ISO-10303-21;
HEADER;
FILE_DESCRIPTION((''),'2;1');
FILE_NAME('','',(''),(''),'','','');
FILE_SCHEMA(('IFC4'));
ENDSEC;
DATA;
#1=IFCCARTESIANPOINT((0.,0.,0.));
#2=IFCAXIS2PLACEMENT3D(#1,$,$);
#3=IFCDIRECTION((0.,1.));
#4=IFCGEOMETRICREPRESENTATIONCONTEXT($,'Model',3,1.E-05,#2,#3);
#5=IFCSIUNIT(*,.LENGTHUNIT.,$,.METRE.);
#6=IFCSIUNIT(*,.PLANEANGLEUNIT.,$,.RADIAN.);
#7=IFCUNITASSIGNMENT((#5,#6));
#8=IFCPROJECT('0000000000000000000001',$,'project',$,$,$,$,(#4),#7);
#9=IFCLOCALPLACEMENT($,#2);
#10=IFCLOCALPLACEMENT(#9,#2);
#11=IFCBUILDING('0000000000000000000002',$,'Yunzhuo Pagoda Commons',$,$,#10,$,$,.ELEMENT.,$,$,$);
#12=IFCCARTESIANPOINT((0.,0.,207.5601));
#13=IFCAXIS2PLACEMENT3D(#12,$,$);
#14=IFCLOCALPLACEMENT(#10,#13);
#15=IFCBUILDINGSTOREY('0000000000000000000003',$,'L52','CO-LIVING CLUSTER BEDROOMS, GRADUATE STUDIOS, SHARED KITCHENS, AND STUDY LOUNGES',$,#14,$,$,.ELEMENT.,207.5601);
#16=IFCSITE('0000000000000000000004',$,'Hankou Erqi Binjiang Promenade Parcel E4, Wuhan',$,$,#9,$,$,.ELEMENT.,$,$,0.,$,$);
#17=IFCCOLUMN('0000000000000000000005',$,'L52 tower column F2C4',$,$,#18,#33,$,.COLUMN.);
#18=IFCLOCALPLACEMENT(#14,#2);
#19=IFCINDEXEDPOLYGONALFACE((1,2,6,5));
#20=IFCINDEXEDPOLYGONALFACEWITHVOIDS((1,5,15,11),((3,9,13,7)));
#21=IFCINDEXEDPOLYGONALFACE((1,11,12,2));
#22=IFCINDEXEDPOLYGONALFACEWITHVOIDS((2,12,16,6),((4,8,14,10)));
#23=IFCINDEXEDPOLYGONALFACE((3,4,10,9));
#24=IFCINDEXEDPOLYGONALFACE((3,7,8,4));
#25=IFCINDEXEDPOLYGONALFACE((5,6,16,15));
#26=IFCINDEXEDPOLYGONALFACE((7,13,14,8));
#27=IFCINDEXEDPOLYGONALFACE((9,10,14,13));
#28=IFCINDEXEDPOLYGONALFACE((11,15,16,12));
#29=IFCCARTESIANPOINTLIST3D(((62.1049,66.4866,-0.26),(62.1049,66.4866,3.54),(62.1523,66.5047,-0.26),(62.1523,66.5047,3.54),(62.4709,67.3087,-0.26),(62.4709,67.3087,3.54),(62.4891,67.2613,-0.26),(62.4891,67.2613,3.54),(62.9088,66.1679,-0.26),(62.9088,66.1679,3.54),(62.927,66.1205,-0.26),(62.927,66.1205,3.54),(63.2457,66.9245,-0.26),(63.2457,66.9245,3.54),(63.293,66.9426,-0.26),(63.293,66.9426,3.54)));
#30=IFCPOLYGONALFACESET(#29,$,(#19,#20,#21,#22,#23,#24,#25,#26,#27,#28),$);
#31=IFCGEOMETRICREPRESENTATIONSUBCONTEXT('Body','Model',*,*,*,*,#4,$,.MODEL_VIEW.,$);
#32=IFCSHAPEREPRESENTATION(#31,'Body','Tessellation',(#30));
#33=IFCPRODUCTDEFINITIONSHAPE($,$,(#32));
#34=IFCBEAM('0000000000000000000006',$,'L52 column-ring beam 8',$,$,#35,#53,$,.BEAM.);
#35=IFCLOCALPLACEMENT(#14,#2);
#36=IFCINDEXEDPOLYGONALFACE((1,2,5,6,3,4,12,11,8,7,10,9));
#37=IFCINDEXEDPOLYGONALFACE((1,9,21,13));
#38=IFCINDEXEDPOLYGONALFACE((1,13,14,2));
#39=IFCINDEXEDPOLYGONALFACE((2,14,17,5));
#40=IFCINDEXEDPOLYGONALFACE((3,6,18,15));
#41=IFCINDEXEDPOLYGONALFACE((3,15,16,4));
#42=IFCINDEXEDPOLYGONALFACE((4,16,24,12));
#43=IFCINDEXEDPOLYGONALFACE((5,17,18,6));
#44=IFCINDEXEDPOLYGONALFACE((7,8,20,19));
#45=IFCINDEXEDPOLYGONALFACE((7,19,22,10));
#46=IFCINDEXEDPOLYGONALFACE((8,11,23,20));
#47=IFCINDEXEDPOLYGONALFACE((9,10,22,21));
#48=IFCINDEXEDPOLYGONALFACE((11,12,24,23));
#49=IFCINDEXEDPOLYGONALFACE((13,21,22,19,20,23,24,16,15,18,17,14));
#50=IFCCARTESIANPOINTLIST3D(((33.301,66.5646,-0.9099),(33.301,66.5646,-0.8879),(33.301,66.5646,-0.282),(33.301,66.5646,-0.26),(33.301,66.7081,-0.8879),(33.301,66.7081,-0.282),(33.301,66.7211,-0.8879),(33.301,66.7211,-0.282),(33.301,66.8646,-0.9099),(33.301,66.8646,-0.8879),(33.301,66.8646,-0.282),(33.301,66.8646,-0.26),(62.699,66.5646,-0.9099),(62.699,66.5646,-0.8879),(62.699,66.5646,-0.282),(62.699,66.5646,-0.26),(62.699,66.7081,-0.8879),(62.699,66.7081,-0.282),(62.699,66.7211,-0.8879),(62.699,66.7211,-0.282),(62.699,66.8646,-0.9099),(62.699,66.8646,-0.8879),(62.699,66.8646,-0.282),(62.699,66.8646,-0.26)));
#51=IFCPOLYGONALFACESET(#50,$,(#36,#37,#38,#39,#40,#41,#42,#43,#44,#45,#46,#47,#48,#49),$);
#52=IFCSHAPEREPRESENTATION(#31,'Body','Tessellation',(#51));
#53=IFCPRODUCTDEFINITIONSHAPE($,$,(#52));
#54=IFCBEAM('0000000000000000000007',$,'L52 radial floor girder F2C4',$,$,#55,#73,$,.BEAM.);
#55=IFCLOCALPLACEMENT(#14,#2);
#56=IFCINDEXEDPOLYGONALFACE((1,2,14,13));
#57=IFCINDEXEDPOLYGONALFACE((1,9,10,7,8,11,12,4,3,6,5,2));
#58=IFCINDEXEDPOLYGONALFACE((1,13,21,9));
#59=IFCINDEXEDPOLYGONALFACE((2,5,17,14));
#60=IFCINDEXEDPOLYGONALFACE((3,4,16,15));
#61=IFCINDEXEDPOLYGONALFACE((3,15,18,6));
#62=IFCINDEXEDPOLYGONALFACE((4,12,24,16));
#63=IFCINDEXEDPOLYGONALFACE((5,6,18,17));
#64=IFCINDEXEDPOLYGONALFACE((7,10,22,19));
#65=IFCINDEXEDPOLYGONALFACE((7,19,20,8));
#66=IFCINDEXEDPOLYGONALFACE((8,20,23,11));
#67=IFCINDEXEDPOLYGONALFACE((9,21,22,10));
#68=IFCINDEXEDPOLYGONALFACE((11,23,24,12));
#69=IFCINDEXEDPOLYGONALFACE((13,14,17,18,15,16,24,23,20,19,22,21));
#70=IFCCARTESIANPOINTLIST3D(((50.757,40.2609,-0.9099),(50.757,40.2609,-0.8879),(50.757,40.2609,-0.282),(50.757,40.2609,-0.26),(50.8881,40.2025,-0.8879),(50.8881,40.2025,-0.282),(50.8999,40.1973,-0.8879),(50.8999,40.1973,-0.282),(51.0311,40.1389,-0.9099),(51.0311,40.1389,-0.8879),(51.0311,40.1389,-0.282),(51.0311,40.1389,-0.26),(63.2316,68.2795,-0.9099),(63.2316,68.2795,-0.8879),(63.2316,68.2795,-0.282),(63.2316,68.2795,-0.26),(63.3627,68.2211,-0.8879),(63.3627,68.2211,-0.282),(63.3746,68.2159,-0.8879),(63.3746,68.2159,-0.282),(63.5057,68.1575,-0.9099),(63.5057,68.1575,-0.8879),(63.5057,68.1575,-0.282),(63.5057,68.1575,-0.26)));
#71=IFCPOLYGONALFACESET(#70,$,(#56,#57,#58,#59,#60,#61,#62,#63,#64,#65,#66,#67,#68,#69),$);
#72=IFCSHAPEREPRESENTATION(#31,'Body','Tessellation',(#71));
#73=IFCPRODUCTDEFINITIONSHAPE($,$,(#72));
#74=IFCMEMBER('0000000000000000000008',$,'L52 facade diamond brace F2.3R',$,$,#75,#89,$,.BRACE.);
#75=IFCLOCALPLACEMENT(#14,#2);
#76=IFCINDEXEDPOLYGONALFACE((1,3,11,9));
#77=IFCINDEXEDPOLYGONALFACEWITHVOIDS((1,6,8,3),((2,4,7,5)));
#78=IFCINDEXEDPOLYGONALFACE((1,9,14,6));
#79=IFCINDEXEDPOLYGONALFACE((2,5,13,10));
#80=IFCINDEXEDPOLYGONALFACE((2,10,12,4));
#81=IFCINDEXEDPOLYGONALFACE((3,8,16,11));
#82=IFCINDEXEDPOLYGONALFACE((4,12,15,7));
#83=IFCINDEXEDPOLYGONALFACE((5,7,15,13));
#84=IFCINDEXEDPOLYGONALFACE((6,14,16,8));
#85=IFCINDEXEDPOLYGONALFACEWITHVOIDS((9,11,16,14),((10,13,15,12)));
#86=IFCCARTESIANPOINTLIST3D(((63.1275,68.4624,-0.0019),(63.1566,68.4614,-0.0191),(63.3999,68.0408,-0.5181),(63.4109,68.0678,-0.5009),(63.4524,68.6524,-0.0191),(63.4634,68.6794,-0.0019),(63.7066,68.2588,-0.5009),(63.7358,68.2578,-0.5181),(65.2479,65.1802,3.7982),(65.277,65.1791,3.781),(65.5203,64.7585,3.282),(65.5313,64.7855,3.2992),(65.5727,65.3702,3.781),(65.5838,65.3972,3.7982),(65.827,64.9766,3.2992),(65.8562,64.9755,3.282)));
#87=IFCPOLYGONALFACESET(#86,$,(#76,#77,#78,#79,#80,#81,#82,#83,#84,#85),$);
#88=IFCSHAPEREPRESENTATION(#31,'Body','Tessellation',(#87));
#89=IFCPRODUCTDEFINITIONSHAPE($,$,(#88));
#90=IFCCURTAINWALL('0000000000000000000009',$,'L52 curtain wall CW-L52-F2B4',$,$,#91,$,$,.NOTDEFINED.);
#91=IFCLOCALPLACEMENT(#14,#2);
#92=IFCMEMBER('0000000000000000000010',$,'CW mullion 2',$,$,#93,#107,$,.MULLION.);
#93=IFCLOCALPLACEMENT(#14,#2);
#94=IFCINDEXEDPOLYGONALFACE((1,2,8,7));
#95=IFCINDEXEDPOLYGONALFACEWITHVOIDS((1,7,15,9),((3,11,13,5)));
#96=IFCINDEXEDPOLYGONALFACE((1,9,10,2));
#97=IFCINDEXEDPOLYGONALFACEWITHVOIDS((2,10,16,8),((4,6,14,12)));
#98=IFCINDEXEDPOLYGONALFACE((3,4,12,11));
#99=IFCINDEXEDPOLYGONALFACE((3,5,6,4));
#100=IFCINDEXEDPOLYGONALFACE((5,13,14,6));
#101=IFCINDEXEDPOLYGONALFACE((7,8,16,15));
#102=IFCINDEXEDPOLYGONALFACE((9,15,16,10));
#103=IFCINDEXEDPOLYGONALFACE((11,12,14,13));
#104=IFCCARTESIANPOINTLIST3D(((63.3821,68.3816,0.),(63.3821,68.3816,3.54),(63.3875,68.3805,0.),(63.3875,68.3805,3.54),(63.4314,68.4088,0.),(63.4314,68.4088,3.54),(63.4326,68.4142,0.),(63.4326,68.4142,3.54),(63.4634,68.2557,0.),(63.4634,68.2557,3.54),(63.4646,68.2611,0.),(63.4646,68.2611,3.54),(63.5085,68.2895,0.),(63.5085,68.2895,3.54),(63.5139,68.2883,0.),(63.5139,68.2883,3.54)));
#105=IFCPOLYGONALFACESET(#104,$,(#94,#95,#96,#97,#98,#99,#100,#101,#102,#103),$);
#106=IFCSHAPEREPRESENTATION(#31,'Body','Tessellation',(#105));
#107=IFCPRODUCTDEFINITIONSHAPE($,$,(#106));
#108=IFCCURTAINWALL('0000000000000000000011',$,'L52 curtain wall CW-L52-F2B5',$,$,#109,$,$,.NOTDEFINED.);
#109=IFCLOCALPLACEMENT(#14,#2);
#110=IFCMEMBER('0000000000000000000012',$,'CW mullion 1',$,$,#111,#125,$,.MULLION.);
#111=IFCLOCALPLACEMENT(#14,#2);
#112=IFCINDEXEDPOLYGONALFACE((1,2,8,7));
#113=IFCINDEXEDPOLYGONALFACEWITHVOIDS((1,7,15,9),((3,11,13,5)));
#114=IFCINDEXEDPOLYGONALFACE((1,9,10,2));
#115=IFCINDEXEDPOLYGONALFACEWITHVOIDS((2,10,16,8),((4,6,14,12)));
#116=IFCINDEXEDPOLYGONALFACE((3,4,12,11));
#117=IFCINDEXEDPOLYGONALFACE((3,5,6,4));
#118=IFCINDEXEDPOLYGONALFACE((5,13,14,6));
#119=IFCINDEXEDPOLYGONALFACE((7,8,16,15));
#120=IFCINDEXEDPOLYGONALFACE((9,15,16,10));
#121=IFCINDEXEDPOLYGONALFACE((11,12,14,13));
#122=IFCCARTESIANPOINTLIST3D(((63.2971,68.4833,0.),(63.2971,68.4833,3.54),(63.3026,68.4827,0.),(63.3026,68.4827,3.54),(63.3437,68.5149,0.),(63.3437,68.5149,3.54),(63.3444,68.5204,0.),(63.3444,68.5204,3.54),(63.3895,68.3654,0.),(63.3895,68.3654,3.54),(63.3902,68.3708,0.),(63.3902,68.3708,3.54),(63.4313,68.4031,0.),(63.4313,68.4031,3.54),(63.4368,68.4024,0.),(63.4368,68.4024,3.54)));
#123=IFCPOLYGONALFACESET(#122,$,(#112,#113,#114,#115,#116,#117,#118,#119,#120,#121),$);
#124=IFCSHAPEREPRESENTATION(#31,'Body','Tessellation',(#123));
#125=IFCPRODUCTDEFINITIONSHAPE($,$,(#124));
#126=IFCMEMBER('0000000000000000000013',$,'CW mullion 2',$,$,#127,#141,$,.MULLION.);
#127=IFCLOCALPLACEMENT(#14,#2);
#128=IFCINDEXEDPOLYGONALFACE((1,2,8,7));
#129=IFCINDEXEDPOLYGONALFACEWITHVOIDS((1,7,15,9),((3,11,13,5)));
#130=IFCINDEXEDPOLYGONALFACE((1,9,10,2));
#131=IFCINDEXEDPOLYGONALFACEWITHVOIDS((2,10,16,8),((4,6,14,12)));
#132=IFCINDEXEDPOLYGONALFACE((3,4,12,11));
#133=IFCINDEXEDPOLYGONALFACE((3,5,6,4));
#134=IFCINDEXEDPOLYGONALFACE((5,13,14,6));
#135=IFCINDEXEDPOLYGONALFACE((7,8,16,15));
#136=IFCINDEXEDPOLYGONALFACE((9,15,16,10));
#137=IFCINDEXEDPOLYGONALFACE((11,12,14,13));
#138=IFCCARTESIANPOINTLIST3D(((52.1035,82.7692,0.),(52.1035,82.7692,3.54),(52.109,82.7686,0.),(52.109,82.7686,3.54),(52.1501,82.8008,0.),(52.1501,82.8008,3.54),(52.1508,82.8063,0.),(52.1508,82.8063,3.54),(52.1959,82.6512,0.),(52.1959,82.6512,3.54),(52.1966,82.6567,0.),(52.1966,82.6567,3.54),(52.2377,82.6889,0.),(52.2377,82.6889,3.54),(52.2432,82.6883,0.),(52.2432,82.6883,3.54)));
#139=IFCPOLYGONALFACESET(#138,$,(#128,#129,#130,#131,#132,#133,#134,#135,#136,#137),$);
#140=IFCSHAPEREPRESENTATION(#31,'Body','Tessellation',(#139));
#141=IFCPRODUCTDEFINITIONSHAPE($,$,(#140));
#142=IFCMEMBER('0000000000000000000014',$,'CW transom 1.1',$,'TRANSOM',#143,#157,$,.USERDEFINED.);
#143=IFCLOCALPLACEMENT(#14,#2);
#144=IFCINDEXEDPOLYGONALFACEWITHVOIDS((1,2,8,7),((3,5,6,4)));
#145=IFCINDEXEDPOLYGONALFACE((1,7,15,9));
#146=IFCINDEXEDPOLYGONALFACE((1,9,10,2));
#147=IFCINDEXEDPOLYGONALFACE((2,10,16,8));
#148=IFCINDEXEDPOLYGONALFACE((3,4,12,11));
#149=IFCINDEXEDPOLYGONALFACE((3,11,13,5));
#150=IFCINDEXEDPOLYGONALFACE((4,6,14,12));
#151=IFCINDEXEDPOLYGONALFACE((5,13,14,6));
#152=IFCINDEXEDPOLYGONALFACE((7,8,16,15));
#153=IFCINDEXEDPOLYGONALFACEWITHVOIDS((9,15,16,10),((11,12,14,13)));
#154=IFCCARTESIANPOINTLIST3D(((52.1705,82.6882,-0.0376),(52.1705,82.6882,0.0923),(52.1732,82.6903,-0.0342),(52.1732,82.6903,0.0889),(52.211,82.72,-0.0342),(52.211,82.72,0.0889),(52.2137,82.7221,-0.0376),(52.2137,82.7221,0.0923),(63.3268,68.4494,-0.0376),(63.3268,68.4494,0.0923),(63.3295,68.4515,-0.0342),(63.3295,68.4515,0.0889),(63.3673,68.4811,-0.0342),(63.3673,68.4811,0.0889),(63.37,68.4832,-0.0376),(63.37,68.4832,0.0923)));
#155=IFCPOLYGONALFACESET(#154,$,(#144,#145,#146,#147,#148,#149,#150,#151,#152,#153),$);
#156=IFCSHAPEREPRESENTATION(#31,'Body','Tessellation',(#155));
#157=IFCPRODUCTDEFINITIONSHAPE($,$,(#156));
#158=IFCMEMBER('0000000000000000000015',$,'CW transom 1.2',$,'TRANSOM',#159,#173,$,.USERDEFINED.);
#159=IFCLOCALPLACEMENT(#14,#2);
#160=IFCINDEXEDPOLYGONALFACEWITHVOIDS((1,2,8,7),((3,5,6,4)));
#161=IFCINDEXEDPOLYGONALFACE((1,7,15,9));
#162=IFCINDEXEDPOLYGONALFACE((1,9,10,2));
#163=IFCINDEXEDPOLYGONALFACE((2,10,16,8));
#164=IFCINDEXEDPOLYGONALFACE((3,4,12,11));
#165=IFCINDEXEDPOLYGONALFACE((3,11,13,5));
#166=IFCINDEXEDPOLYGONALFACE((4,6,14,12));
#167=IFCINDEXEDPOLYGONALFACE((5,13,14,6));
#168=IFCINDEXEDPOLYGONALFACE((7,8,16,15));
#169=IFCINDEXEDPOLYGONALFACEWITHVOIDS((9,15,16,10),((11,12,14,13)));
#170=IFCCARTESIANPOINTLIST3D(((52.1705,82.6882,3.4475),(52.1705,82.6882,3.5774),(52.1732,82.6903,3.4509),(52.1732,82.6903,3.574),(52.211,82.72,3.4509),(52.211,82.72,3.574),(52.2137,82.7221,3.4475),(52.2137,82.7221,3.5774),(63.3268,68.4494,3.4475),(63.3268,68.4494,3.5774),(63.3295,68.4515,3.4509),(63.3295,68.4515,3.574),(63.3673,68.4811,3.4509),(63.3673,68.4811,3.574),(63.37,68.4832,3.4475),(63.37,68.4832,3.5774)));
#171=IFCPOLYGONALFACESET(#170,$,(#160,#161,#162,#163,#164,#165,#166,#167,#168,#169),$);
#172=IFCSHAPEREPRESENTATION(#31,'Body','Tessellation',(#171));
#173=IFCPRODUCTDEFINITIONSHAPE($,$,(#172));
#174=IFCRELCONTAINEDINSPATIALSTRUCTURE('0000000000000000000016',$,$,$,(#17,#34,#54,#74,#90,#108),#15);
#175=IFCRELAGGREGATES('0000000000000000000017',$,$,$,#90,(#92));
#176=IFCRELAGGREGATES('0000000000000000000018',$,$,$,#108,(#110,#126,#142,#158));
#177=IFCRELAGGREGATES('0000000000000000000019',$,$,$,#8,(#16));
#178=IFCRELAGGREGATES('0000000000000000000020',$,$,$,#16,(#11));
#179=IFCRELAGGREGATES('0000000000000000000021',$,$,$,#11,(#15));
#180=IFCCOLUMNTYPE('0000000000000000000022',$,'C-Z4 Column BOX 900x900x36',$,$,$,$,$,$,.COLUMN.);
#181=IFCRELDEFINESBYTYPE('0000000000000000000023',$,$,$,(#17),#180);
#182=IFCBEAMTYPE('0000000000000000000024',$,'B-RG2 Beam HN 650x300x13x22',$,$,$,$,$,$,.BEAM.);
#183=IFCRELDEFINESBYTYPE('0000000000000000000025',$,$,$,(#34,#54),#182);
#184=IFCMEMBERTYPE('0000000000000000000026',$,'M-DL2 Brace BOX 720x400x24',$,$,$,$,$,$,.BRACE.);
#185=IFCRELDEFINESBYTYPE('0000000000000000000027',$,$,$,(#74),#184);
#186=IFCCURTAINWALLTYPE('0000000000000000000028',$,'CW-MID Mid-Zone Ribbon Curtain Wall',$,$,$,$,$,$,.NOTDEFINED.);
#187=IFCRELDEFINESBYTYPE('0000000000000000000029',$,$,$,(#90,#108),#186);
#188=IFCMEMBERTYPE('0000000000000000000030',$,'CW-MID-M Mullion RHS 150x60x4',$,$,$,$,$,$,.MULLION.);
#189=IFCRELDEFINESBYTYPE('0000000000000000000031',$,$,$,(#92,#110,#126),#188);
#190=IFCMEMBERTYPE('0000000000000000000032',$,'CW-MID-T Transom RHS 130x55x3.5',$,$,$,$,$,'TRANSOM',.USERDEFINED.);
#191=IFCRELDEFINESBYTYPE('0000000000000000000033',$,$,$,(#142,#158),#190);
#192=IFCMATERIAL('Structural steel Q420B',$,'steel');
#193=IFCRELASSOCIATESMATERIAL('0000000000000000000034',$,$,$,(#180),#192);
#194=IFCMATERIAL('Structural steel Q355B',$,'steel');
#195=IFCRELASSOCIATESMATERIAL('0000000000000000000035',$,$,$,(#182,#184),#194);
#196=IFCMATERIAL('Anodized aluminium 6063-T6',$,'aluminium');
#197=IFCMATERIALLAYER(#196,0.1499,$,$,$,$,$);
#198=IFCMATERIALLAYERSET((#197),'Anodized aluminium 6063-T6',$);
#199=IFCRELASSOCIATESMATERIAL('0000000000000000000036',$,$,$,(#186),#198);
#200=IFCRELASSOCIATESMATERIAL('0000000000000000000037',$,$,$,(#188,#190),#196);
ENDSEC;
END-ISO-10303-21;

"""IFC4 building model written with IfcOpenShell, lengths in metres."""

from ifc_helpers import new_model, si_unit, direction, frame, origin, origin_2d, place, context, subcontext, project, spatial, hollow_rectangle, i_section, extrude, source, transform, mapped, material, layer, layer_set, material_profile, profile_set, type_object, element, aggregate, save


model = new_model("IFC4")

# Units and contexts
model_context = context("Model", 3, precision=1e-05, world=origin(), true_north=direction((0.0, 1.0)))
body_context = subcontext(model_context, "Body", "Model", "MODEL_VIEW")
ifc_project = project(units=[si_unit("LENGTHUNIT", "METRE"), si_unit("PLANEANGLEUNIT", "RADIAN")], contexts=[model_context])

# Site, building, storey
site_placement = place(None, origin())
site = spatial("IfcSite", under=ifc_project, at=site_placement, Name="Hankou Erqi Binjiang Promenade Parcel E4, Wuhan", CompositionType="ELEMENT", RefElevation=0.0)
building_placement = place(site_placement, origin())
building = spatial("IfcBuilding", under=site, at=building_placement, Name="Yunzhuo Pagoda Commons", CompositionType="ELEMENT")
storey_placement = place(building_placement, frame((0.0, 0.0, 207.5601)))
storey = spatial("IfcBuildingStorey", under=building, at=storey_placement, Name="L52", Description="CO-LIVING CLUSTER BEDROOMS, GRADUATE STUDIOS, SHARED KITCHENS, AND STUDY LOUNGES", CompositionType="ELEMENT", Elevation=207.5601)

# Column
ifc_material_1 = material(Name="Structural steel Q420B", Category="steel")
ifc_material_profile_1 = material_profile(ifc_material_1, hollow_rectangle(XDim=0.8999, YDim=0.8999, WallThickness=0.0359, at=origin_2d()), Name="Structural steel Q420B")
ifc_profile_set_1 = profile_set([ifc_material_profile_1], Name="Structural steel Q420B")
column_type = type_object("IfcColumnType", Name="C-Z4 Column BOX 900x900x36", PredefinedType="COLUMN", material=ifc_profile_set_1)
shared_shape_1 = source(origin(), body_context, "Body", "SweptSolid", [
    extrude(hollow_rectangle(XDim=0.8999, YDim=0.8999, WallThickness=0.0359, at=origin_2d()), origin(), (0.0, 0.0, 1.0), 3.8),
])
column_placement = place(storey_placement, frame((62.699, 66.7146, -0.26), z_axis=(0.0, 0.0, 1.0), x_axis=(-0.913545, 0.406737, 0.0)))
element("IfcColumn", 1, at=column_placement, inside=storey, type_object=column_type, Name="L52 tower column F2C4", PredefinedType="COLUMN", context=body_context, shape_type="MappedRepresentation", body=[
    mapped(shared_shape_1, transform((0.0, 0.0, 0.0), scale=1.0)),
])

# Beams
ifc_material_2 = material(Name="Structural steel Q355B", Category="steel")
ifc_material_profile_2 = material_profile(ifc_material_2, i_section(OverallWidth=0.3, OverallDepth=0.6499, WebThickness=0.0129, FlangeThickness=0.022, at=origin_2d()), Name="Structural steel Q355B")
ifc_profile_set_2 = profile_set([ifc_material_profile_2], Name="Structural steel Q355B")
beam_type = type_object("IfcBeamType", Name="B-RG2 Beam HN 650x300x13x22", PredefinedType="BEAM", material=ifc_profile_set_2)
shared_shape_2 = source(origin(), body_context, "Body", "SweptSolid", [
    extrude(i_section(OverallWidth=0.3, OverallDepth=0.6499, WebThickness=0.0129, FlangeThickness=0.022, at=origin_2d()), origin(), (0.0, 0.0, 1.0), 29.3979),
])
beam_1_placement = place(storey_placement, frame((62.699, 66.7146, -0.585), z_axis=(-1.0, 0.0, 0.0), x_axis=(0.0, -1.0, 0.0)))
element("IfcBeam", 2, at=beam_1_placement, inside=storey, type_object=beam_type, Name="L52 column-ring beam 8", PredefinedType="BEAM", context=body_context, shape_type="MappedRepresentation", body=[
    mapped(shared_shape_2, transform((0.0, 0.0, 0.0), scale=1.0)),
])
shared_shape_3 = source(origin(), body_context, "Body", "SweptSolid", [
    extrude(i_section(OverallWidth=0.3, OverallDepth=0.6499, WebThickness=0.0129, FlangeThickness=0.022, at=origin_2d()), origin(), (0.0, 0.0, 1.0), 30.6702),
])
beam_2_placement = place(storey_placement, frame((63.3687, 68.2185, -0.585), z_axis=(-0.406735, -0.913546, 0.0), x_axis=(0.913546, -0.406735, 0.0)))
element("IfcBeam", 3, at=beam_2_placement, inside=storey, type_object=beam_type, Name="L52 radial floor girder F2C4", PredefinedType="BEAM", context=body_context, shape_type="MappedRepresentation", body=[
    mapped(shared_shape_3, transform((0.0, 0.0, 0.0), scale=1.0)),
])

# Member
ifc_material_profile_3 = material_profile(ifc_material_2, hollow_rectangle(XDim=0.3999, YDim=0.72, WallThickness=0.0239, at=origin_2d()), Name="Structural steel Q355B")
ifc_profile_set_3 = profile_set([ifc_material_profile_3], Name="Structural steel Q355B")
member_type_1 = type_object("IfcMemberType", Name="M-DL2 Brace BOX 720x400x24", PredefinedType="BRACE", material=ifc_profile_set_3)
shared_shape_4 = source(origin(), body_context, "Body", "SweptSolid", [
    extrude(hollow_rectangle(XDim=0.3999, YDim=0.72, WallThickness=0.0239, at=origin_2d()), origin(), (0.0, 0.0, 1.0), 5.4507),
])
member_1_placement = place(storey_placement, frame((63.4316, 68.3601, -0.26), z_axis=(0.389013, -0.602174, 0.697177), x_axis=(0.839971, 0.542632, 0.0)))
element("IfcMember", 4, at=member_1_placement, inside=storey, type_object=member_type_1, Name="L52 facade diamond brace F2.3R", PredefinedType="BRACE", context=body_context, shape_type="MappedRepresentation", body=[
    mapped(shared_shape_4, transform((0.0, 0.0, 0.0), scale=1.0)),
])

# Curtain wall, member
ifc_material_3 = material(Name="Anodized aluminium 6063-T6", Category="aluminium")
ifc_layer_1 = layer(ifc_material_3, 0.1499)
ifc_layer_set_1 = layer_set([ifc_layer_1], Name="Anodized aluminium 6063-T6")
curtain_wall_type = type_object("IfcCurtainWallType", Name="CW-MID Mid-Zone Ribbon Curtain Wall", PredefinedType="NOTDEFINED", material=ifc_layer_set_1)
curtain_wall_1_placement = place(storey_placement, origin())
curtain_wall_1 = element("IfcCurtainWall", 5, at=curtain_wall_1_placement, inside=storey, type_object=curtain_wall_type, Name="L52 curtain wall CW-L52-F2B4", PredefinedType="NOTDEFINED")
ifc_material_profile_4 = material_profile(ifc_material_3, hollow_rectangle(XDim=0.0601, YDim=0.1499, WallThickness=0.0039, at=origin_2d()), Name="Anodized aluminium 6063-T6")
ifc_profile_set_4 = profile_set([ifc_material_profile_4], Name="Anodized aluminium 6063-T6")
member_type_2 = type_object("IfcMemberType", Name="CW-MID-M Mullion RHS 150x60x4", PredefinedType="MULLION", material=ifc_profile_set_4)
shared_shape_5 = source(origin(), body_context, "Body", "SweptSolid", [
    extrude(hollow_rectangle(XDim=0.0601, YDim=0.1499, WallThickness=0.0039, at=origin_2d()), origin(), (0.0, 0.0, 1.0), 3.54),
])
member_2_placement = place(storey_placement, frame((63.448, 68.335, 0.0), z_axis=(0.0, 0.0, 1.0), x_axis=(-0.839965, -0.54264, 0.0)))
member_2 = element("IfcMember", 6, at=member_2_placement, type_object=member_type_2, Name="CW mullion 2", PredefinedType="MULLION", context=body_context, shape_type="MappedRepresentation", body=[
    mapped(shared_shape_5, transform((0.0, 0.0, 0.0), scale=1.0)),
])

# Curtain wall, members
curtain_wall_2_placement = place(storey_placement, origin())
curtain_wall_2 = element("IfcCurtainWall", 7, at=curtain_wall_2_placement, inside=storey, type_object=curtain_wall_type, Name="L52 curtain wall CW-L52-F2B5", PredefinedType="NOTDEFINED")
member_3_placement = place(storey_placement, frame((63.3669, 68.4429, 0.0), z_axis=(0.0, 0.0, 1.0), x_axis=(-0.78715, -0.616762, 0.0)))
member_3 = element("IfcMember", 8, at=member_3_placement, type_object=member_type_2, Name="CW mullion 1", PredefinedType="MULLION", context=body_context, shape_type="MappedRepresentation", body=[
    mapped(shared_shape_5, transform((0.0, 0.0, 0.0), scale=1.0)),
])
member_4_placement = place(storey_placement, frame((52.1733, 82.7288, 0.0), z_axis=(0.0, 0.0, 1.0), x_axis=(-0.78715, -0.616762, 0.0)))
member_4 = element("IfcMember", 9, at=member_4_placement, type_object=member_type_2, Name="CW mullion 2", PredefinedType="MULLION", context=body_context, shape_type="MappedRepresentation", body=[
    mapped(shared_shape_5, transform((0.0, 0.0, 0.0), scale=1.0)),
])
ifc_material_profile_5 = material_profile(ifc_material_3, hollow_rectangle(XDim=0.0549, YDim=0.1299, WallThickness=0.0034, at=origin_2d()), Name="Anodized aluminium 6063-T6")
ifc_profile_set_5 = profile_set([ifc_material_profile_5], Name="Anodized aluminium 6063-T6")
member_type_3 = type_object("IfcMemberType", Name="CW-MID-T Transom RHS 130x55x3.5", ElementType="TRANSOM", PredefinedType="USERDEFINED", material=ifc_profile_set_5)
shared_shape_6 = source(origin(), body_context, "Body", "SweptSolid", [
    extrude(hollow_rectangle(XDim=0.0549, YDim=0.1299, WallThickness=0.0034, at=origin_2d()), origin(), (0.0, 0.0, 1.0), 18.0889),
])
member_5_placement = place(storey_placement, frame((63.3484, 68.4663, 0.0273), z_axis=(-0.616749, 0.78716, 0.0), x_axis=(-0.78716, -0.616749, 0.0)))
member_5 = element("IfcMember", 10, at=member_5_placement, type_object=member_type_3, Name="CW transom 1.1", ObjectType="TRANSOM", PredefinedType="USERDEFINED", context=body_context, shape_type="MappedRepresentation", body=[
    mapped(shared_shape_6, transform((0.0, 0.0, 0.0), scale=1.0)),
])
member_6_placement = place(storey_placement, frame((63.3484, 68.4663, 3.5125), z_axis=(-0.616749, 0.78716, 0.0), x_axis=(-0.78716, -0.616749, 0.0)))
member_6 = element("IfcMember", 11, at=member_6_placement, type_object=member_type_3, Name="CW transom 1.2", ObjectType="TRANSOM", PredefinedType="USERDEFINED", context=body_context, shape_type="MappedRepresentation", body=[
    mapped(shared_shape_6, transform((0.0, 0.0, 0.0), scale=1.0)),
])

aggregate(curtain_wall_1, [member_2])

aggregate(curtain_wall_2, [member_3, member_4, member_5, member_6])

save(model, "model.ifc")
